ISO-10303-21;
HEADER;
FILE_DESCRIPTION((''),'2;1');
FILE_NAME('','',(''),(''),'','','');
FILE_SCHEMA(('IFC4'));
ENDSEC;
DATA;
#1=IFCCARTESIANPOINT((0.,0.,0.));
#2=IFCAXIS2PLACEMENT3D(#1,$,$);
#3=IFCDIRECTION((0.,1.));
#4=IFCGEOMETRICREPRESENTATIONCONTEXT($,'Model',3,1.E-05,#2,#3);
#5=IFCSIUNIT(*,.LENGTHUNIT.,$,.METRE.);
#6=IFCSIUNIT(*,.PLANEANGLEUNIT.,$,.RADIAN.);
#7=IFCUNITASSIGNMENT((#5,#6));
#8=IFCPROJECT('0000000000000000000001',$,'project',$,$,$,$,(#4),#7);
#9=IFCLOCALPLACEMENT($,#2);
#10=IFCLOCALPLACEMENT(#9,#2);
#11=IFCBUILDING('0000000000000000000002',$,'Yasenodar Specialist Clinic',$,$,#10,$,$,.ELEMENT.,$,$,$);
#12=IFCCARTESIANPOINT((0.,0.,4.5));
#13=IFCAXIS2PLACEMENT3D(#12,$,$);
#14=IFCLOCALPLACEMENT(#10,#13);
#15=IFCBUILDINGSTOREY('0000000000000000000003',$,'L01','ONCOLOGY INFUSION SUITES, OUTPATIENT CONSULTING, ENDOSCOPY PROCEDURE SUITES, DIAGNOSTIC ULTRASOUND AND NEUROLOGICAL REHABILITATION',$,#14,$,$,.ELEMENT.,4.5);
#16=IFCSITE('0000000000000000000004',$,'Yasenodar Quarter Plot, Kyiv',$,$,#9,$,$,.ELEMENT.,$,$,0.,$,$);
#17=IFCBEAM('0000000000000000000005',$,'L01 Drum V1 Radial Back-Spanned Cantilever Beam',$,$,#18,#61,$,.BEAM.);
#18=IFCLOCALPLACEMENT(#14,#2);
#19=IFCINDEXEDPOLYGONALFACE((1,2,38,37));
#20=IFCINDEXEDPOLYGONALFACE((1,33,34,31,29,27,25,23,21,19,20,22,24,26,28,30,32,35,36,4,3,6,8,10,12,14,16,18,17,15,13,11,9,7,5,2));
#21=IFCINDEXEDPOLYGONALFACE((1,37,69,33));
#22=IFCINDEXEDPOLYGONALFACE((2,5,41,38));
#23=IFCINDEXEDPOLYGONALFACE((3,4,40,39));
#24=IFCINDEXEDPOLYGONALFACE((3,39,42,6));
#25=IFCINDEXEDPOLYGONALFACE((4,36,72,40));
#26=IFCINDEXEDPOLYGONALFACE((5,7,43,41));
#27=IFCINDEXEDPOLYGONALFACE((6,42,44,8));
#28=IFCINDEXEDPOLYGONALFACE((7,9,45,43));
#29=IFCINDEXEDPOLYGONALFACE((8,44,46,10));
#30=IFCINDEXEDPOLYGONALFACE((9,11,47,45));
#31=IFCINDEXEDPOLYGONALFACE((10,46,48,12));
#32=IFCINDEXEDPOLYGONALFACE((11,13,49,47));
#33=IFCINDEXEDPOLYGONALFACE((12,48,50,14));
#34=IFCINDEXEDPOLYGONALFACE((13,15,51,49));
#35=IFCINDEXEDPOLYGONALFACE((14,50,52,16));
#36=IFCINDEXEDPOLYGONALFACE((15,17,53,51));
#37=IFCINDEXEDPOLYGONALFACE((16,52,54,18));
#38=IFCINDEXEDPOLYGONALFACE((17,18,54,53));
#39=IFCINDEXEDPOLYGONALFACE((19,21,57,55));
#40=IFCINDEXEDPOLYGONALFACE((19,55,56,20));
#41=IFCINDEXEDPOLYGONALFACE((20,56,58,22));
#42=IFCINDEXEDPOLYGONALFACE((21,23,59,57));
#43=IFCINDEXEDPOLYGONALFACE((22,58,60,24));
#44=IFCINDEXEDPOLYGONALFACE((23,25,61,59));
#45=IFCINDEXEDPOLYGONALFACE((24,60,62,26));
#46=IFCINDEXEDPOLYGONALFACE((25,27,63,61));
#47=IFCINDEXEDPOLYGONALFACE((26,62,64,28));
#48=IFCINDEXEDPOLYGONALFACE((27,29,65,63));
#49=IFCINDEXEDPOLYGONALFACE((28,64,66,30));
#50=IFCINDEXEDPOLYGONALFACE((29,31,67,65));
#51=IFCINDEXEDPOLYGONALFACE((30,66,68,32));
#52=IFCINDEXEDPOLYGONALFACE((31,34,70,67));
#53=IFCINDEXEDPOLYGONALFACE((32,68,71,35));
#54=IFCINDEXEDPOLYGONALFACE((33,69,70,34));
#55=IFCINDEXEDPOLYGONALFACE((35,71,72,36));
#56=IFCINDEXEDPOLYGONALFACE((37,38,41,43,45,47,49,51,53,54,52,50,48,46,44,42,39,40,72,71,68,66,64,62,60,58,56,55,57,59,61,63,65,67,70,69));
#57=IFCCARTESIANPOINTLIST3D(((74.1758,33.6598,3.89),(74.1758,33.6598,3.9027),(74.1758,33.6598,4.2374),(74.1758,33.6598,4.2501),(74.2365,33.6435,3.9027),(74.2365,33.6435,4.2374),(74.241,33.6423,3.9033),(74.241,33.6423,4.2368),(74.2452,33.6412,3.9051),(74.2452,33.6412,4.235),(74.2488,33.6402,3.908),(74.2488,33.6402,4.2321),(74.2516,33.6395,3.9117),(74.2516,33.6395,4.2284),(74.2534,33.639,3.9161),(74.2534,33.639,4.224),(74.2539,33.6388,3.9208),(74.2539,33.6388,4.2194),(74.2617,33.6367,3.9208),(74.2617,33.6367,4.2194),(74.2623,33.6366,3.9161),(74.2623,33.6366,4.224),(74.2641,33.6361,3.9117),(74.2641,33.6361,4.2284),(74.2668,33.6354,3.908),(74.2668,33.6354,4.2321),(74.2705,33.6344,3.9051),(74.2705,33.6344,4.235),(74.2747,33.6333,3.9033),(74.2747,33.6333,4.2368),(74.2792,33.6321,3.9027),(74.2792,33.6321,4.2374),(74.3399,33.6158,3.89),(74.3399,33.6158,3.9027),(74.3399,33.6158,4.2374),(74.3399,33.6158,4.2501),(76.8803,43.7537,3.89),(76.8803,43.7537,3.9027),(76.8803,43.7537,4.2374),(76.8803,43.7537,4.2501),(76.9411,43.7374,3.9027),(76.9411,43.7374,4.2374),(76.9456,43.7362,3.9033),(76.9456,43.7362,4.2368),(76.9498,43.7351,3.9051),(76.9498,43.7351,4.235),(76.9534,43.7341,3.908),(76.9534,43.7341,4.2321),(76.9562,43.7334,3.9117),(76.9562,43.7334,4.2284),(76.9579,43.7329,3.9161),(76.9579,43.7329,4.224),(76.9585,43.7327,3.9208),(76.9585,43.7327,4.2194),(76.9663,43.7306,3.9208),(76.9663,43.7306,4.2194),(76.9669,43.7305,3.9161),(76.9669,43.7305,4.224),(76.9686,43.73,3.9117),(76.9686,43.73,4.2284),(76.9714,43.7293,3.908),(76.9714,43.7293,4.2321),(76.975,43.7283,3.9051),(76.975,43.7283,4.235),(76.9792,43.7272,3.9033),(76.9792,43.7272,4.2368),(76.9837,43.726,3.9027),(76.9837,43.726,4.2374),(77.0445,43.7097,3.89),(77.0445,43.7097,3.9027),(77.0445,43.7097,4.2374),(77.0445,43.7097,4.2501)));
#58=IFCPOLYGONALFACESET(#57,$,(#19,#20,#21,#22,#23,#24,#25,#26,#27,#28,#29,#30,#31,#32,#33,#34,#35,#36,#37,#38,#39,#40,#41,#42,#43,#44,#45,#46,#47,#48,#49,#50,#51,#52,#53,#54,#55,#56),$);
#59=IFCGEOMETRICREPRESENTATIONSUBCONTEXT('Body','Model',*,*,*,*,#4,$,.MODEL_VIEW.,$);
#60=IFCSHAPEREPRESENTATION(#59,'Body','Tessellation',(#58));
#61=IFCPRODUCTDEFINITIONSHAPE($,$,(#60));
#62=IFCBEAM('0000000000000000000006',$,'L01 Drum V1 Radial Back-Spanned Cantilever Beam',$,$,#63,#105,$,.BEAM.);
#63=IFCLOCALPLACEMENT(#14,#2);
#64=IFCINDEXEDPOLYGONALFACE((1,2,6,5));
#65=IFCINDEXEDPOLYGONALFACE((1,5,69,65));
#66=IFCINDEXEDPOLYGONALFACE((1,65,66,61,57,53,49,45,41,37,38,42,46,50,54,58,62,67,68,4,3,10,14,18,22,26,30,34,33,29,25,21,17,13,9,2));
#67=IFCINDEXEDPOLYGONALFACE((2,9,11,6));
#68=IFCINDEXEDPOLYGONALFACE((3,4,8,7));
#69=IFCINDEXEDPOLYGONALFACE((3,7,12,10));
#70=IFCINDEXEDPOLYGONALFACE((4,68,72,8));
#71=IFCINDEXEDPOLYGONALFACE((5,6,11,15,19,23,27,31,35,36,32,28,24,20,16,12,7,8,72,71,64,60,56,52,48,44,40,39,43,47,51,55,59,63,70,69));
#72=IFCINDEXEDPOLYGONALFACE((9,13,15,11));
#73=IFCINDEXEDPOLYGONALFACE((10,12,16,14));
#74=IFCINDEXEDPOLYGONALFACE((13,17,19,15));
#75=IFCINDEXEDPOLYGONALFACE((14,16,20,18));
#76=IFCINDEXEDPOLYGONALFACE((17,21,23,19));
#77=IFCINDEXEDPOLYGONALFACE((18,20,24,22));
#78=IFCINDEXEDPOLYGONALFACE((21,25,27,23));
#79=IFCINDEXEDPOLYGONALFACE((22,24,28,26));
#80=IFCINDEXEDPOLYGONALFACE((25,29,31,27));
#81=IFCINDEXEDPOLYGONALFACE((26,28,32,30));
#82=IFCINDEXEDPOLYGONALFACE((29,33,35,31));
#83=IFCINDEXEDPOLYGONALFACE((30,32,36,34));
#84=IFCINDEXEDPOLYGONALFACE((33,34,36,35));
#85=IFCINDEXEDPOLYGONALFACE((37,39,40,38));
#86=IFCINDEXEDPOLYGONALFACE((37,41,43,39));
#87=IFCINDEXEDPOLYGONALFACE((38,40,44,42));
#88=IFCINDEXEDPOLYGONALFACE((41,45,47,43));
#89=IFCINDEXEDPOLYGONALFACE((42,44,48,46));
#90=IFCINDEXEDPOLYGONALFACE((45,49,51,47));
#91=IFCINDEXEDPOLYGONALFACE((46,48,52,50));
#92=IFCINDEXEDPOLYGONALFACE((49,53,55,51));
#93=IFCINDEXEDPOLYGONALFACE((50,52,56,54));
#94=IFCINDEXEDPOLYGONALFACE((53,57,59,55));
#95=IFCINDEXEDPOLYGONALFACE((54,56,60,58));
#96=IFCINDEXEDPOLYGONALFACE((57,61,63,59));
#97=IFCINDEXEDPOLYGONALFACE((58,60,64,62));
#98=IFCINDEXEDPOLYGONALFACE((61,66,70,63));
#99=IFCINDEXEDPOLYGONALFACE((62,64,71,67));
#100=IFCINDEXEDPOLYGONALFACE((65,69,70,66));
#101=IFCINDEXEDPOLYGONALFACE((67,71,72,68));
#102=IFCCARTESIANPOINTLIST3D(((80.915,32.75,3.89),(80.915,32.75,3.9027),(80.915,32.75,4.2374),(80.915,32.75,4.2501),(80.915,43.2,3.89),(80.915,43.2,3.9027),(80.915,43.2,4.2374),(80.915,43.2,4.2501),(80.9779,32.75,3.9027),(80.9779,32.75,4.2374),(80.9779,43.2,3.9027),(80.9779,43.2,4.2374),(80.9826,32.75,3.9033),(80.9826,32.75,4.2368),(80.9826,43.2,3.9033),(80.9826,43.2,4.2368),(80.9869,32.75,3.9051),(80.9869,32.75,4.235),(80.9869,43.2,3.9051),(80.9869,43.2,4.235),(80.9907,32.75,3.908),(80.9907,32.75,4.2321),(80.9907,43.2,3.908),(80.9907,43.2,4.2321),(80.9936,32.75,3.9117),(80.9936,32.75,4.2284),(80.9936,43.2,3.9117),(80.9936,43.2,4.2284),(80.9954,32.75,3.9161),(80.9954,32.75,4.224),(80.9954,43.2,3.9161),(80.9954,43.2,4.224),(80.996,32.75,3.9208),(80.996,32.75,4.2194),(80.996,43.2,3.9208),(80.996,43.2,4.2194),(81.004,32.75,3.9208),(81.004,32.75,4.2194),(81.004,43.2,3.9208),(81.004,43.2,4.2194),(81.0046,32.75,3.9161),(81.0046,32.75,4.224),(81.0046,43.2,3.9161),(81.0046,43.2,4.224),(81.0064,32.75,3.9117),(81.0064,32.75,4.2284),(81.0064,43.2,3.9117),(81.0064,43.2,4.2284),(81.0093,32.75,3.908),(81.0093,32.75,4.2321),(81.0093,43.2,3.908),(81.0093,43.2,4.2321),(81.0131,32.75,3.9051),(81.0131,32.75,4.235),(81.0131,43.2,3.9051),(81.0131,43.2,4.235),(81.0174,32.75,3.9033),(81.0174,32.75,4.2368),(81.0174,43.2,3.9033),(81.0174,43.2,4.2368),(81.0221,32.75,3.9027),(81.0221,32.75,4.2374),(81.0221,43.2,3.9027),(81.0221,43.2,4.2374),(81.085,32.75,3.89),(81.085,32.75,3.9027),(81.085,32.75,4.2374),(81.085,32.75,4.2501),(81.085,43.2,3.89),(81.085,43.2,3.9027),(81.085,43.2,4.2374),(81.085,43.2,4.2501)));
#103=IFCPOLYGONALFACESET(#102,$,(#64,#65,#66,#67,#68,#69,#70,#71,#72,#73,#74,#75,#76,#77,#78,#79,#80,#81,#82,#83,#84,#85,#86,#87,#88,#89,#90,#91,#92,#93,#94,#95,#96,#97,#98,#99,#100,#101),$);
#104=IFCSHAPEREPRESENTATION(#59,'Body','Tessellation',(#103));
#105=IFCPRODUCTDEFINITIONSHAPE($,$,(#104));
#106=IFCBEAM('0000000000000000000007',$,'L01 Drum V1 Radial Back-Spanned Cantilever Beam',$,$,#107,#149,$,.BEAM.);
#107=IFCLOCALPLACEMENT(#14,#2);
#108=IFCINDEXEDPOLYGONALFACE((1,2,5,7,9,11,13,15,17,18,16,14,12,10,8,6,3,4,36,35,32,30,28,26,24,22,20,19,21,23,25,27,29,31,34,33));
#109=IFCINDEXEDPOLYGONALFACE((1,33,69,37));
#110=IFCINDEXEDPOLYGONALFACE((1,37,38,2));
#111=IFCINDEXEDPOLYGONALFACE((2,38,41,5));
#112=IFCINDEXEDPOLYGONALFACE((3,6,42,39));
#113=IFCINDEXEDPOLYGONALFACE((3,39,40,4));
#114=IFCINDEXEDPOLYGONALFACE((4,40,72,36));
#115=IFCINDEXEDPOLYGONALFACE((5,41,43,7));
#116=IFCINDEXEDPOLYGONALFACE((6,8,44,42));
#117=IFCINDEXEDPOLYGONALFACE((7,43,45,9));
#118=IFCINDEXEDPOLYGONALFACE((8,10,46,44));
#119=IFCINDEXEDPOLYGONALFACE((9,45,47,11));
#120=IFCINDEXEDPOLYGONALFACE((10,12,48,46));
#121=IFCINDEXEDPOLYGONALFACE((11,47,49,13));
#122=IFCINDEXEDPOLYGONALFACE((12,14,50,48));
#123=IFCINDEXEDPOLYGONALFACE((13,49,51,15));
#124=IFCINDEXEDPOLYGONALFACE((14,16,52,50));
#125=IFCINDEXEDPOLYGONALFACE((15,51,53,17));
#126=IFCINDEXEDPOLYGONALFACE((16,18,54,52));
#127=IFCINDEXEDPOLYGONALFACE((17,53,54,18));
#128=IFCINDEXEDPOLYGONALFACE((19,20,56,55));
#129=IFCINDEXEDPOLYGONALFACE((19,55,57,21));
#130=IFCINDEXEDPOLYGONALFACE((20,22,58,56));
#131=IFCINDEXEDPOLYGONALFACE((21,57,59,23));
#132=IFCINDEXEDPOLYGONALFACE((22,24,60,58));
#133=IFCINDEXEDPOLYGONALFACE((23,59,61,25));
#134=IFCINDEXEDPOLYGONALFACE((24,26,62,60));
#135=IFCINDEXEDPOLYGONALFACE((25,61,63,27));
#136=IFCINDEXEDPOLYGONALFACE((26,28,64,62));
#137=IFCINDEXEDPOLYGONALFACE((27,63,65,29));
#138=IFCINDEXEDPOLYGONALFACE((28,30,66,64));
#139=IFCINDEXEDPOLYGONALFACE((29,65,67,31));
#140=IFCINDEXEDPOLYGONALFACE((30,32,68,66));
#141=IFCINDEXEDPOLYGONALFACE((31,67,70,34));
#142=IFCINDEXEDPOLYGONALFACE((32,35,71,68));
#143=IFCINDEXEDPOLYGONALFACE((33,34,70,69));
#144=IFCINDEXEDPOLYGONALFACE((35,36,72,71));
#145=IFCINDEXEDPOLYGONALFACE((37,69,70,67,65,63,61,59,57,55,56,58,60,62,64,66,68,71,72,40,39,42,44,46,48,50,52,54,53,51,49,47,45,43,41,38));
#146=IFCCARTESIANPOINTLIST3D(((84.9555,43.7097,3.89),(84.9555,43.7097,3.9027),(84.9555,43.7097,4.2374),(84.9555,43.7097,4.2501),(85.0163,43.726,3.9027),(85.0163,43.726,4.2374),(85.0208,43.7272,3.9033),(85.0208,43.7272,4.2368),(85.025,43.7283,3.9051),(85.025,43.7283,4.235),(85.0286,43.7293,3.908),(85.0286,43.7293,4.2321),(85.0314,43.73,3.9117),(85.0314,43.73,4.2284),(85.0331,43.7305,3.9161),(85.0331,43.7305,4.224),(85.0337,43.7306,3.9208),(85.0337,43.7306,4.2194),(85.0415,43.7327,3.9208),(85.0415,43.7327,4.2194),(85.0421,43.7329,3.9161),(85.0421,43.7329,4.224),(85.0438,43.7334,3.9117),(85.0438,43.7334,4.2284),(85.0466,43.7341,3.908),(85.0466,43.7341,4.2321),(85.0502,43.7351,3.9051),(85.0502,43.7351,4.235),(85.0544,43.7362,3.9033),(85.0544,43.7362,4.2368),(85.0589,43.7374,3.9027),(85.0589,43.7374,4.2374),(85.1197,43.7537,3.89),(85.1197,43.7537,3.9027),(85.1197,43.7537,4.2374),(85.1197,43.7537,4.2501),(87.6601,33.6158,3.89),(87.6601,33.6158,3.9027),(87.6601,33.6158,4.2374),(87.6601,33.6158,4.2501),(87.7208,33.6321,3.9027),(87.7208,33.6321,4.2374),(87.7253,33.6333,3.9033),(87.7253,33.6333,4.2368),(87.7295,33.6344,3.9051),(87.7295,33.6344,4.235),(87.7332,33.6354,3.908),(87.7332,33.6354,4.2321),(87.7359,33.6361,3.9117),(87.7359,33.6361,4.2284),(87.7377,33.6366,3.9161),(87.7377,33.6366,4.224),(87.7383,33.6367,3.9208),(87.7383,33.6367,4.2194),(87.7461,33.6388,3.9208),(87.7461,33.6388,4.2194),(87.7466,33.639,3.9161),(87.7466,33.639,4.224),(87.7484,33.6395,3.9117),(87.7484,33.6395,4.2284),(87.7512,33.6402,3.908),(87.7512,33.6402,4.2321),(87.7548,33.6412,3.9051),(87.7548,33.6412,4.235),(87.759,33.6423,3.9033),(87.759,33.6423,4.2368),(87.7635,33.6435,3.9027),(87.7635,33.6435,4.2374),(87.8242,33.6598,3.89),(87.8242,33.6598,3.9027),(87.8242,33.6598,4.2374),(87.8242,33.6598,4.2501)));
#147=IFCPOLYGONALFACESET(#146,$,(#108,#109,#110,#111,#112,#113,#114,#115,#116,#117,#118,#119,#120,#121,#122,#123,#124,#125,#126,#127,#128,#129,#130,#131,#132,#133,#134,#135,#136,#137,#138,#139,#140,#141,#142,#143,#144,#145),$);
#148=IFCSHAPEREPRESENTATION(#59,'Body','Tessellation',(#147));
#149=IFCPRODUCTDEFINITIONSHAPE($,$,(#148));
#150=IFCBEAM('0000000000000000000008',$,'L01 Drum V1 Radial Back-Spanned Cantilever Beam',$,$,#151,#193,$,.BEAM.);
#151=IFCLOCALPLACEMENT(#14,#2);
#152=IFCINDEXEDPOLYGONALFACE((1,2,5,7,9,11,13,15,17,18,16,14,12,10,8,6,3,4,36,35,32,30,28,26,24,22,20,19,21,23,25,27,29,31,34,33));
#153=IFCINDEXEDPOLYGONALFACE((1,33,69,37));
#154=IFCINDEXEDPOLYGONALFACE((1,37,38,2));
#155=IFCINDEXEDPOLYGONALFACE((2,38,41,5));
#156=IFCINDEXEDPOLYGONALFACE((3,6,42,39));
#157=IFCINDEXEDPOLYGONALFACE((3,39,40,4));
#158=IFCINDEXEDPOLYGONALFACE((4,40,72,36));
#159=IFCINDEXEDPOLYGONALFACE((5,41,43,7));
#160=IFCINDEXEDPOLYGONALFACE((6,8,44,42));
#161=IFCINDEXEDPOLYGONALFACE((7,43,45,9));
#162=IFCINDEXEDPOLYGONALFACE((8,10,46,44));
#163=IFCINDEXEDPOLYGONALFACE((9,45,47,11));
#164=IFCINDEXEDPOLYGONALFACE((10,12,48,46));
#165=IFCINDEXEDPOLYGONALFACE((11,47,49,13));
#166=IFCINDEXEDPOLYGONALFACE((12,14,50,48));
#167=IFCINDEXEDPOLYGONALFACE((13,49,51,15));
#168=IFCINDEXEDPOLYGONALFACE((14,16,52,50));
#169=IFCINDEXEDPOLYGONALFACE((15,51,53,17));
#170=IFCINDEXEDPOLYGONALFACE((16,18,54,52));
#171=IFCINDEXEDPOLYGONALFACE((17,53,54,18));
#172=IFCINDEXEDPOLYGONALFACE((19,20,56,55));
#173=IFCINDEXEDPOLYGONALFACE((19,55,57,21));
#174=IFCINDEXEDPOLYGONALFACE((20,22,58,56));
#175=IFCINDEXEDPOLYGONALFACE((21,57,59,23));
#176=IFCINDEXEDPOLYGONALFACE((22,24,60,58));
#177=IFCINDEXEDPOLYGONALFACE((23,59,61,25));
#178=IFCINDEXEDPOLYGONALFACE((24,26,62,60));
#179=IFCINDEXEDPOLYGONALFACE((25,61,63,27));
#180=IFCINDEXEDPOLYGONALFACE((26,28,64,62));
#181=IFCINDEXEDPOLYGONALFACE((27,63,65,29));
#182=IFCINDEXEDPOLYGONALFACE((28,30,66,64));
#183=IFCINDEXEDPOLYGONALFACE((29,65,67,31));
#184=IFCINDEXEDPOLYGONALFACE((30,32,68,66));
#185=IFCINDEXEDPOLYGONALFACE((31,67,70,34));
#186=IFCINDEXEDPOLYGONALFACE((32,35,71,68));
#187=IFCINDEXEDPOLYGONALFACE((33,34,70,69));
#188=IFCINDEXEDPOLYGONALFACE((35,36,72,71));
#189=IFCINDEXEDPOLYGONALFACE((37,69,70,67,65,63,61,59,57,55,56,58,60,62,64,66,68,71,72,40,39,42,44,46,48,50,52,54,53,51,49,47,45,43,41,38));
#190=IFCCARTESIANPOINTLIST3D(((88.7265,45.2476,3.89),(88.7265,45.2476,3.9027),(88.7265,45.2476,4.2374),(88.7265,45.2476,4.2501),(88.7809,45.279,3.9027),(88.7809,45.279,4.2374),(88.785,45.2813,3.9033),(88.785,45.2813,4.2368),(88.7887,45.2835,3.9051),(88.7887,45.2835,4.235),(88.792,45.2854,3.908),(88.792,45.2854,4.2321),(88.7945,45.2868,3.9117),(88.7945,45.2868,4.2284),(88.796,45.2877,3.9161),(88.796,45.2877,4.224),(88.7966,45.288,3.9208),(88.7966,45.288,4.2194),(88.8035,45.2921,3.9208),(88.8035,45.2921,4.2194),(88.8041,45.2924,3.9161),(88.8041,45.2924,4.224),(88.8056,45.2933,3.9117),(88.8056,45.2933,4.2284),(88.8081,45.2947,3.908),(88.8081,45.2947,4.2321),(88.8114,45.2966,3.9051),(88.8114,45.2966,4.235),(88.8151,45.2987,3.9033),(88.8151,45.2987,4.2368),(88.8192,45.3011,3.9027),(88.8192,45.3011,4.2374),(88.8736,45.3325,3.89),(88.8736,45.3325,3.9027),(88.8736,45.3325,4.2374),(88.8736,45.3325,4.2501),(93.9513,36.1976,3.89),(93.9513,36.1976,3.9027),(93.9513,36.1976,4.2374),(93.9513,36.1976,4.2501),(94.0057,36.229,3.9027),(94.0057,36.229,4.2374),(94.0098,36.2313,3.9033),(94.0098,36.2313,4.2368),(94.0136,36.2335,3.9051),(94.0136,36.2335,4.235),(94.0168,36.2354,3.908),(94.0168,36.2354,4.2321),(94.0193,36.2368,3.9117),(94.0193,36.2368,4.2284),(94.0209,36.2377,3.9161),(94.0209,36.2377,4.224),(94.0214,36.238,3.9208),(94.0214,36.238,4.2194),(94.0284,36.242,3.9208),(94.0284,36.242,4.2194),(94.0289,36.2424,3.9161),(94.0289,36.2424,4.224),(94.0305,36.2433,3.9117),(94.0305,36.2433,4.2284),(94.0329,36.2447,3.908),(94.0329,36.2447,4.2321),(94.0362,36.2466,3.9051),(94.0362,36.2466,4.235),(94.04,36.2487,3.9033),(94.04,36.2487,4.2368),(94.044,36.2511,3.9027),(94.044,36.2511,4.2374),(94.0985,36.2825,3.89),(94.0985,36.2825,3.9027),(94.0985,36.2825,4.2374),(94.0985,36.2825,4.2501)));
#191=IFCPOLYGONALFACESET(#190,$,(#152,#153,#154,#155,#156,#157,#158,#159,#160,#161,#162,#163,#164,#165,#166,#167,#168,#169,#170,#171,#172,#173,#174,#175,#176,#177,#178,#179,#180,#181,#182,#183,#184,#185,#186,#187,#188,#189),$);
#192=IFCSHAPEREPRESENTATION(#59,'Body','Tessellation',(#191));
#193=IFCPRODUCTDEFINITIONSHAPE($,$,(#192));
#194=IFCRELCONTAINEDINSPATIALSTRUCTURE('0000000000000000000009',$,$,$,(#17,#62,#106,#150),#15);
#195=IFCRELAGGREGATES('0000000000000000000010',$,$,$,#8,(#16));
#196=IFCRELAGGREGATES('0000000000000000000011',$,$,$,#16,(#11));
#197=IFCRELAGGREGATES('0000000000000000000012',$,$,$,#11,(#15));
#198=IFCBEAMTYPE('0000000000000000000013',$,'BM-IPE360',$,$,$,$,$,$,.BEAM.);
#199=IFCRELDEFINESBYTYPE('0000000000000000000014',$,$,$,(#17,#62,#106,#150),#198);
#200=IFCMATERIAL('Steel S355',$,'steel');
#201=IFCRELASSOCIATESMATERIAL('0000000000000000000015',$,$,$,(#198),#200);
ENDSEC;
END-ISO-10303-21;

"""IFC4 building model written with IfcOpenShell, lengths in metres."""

from ifc_helpers import new_model, si_unit, direction, frame, origin, origin_2d, place, context, subcontext, project, spatial, i_section, extrude, material, material_profile, profile_set, type_object, element, save


model = new_model("IFC4")

# Units and contexts
model_context = context("Model", 3, precision=1e-05, world=origin(), true_north=direction((0.0, 1.0)))
body_context = subcontext(model_context, "Body", "Model", "MODEL_VIEW")
ifc_project = project(units=[si_unit("LENGTHUNIT", "METRE"), si_unit("PLANEANGLEUNIT", "RADIAN")], contexts=[model_context])

# Site, building, storey
site_placement = place(None, origin())
site = spatial("IfcSite", under=ifc_project, at=site_placement, Name="Yasenodar Quarter Plot, Kyiv", CompositionType="ELEMENT", RefElevation=0.0)
building_placement = place(site_placement, origin())
building = spatial("IfcBuilding", under=site, at=building_placement, Name="Yasenodar Specialist Clinic", CompositionType="ELEMENT")
storey_placement = place(building_placement, frame((0.0, 0.0, 4.5)))
storey = spatial("IfcBuildingStorey", under=building, at=storey_placement, Name="L01", Description="ONCOLOGY INFUSION SUITES, OUTPATIENT CONSULTING, ENDOSCOPY PROCEDURE SUITES, DIAGNOSTIC ULTRASOUND AND NEUROLOGICAL REHABILITATION", CompositionType="ELEMENT", Elevation=4.5)

# Shared definitions
ifc_material_1 = material(Name="Steel S355", Category="steel")

# Beams
ifc_material_profile_1 = material_profile(ifc_material_1, i_section(OverallWidth=0.1699, OverallDepth=0.3601, WebThickness=0.0081, FlangeThickness=0.0127, FilletRadius=0.0181, at=origin_2d()), Name="IPE 360")
ifc_profile_set_1 = profile_set([ifc_material_profile_1], Name="Steel S355")
beam_type_1 = type_object("IfcBeamType", Name="BM-IPE360", PredefinedType="BEAM", material=ifc_profile_set_1)
for number, where, z_axis, x_axis, name in (
    (1, (76.9624, 43.7317, 4.0701), (-0.258811, -0.965928, 0.0), (0.965928, -0.258811, 0.0), "L01 Drum V1 Radial Back-Spanned Cantilever Beam"),
    (2, (81.0, 43.2, 4.0701), (0.0, -1.0, 0.0), (1.0, 0.0, 0.0), "L01 Drum V1 Radial Back-Spanned Cantilever Beam"),
    (3, (85.0376, 43.7317, 4.0701), (0.258811, -0.965928, 0.0), (0.965928, 0.258811, 0.0), "L01 Drum V1 Radial Back-Spanned Cantilever Beam"),
    (4, (88.8, 45.29, 4.0701), (0.499986, -0.866033, 0.0), (0.866033, 0.499986, 0.0), "L01 Drum V1 Radial Back-Spanned Cantilever Beam"),
):
    element("IfcBeam", number, at=place(storey_placement, frame(where, z_axis=z_axis, x_axis=x_axis)), inside=storey, type_object=beam_type_1, Name=name, PredefinedType="BEAM", context=body_context, shape_type="SweptSolid", body=[
        extrude(i_section(OverallWidth=0.1699, OverallDepth=0.3601, WebThickness=0.0081, FlangeThickness=0.0127, FilletRadius=0.0181, at=origin_2d()), origin(), (0.0, 0.0, 1.0), 10.45),
    ])

save(model, "model.ifc")
